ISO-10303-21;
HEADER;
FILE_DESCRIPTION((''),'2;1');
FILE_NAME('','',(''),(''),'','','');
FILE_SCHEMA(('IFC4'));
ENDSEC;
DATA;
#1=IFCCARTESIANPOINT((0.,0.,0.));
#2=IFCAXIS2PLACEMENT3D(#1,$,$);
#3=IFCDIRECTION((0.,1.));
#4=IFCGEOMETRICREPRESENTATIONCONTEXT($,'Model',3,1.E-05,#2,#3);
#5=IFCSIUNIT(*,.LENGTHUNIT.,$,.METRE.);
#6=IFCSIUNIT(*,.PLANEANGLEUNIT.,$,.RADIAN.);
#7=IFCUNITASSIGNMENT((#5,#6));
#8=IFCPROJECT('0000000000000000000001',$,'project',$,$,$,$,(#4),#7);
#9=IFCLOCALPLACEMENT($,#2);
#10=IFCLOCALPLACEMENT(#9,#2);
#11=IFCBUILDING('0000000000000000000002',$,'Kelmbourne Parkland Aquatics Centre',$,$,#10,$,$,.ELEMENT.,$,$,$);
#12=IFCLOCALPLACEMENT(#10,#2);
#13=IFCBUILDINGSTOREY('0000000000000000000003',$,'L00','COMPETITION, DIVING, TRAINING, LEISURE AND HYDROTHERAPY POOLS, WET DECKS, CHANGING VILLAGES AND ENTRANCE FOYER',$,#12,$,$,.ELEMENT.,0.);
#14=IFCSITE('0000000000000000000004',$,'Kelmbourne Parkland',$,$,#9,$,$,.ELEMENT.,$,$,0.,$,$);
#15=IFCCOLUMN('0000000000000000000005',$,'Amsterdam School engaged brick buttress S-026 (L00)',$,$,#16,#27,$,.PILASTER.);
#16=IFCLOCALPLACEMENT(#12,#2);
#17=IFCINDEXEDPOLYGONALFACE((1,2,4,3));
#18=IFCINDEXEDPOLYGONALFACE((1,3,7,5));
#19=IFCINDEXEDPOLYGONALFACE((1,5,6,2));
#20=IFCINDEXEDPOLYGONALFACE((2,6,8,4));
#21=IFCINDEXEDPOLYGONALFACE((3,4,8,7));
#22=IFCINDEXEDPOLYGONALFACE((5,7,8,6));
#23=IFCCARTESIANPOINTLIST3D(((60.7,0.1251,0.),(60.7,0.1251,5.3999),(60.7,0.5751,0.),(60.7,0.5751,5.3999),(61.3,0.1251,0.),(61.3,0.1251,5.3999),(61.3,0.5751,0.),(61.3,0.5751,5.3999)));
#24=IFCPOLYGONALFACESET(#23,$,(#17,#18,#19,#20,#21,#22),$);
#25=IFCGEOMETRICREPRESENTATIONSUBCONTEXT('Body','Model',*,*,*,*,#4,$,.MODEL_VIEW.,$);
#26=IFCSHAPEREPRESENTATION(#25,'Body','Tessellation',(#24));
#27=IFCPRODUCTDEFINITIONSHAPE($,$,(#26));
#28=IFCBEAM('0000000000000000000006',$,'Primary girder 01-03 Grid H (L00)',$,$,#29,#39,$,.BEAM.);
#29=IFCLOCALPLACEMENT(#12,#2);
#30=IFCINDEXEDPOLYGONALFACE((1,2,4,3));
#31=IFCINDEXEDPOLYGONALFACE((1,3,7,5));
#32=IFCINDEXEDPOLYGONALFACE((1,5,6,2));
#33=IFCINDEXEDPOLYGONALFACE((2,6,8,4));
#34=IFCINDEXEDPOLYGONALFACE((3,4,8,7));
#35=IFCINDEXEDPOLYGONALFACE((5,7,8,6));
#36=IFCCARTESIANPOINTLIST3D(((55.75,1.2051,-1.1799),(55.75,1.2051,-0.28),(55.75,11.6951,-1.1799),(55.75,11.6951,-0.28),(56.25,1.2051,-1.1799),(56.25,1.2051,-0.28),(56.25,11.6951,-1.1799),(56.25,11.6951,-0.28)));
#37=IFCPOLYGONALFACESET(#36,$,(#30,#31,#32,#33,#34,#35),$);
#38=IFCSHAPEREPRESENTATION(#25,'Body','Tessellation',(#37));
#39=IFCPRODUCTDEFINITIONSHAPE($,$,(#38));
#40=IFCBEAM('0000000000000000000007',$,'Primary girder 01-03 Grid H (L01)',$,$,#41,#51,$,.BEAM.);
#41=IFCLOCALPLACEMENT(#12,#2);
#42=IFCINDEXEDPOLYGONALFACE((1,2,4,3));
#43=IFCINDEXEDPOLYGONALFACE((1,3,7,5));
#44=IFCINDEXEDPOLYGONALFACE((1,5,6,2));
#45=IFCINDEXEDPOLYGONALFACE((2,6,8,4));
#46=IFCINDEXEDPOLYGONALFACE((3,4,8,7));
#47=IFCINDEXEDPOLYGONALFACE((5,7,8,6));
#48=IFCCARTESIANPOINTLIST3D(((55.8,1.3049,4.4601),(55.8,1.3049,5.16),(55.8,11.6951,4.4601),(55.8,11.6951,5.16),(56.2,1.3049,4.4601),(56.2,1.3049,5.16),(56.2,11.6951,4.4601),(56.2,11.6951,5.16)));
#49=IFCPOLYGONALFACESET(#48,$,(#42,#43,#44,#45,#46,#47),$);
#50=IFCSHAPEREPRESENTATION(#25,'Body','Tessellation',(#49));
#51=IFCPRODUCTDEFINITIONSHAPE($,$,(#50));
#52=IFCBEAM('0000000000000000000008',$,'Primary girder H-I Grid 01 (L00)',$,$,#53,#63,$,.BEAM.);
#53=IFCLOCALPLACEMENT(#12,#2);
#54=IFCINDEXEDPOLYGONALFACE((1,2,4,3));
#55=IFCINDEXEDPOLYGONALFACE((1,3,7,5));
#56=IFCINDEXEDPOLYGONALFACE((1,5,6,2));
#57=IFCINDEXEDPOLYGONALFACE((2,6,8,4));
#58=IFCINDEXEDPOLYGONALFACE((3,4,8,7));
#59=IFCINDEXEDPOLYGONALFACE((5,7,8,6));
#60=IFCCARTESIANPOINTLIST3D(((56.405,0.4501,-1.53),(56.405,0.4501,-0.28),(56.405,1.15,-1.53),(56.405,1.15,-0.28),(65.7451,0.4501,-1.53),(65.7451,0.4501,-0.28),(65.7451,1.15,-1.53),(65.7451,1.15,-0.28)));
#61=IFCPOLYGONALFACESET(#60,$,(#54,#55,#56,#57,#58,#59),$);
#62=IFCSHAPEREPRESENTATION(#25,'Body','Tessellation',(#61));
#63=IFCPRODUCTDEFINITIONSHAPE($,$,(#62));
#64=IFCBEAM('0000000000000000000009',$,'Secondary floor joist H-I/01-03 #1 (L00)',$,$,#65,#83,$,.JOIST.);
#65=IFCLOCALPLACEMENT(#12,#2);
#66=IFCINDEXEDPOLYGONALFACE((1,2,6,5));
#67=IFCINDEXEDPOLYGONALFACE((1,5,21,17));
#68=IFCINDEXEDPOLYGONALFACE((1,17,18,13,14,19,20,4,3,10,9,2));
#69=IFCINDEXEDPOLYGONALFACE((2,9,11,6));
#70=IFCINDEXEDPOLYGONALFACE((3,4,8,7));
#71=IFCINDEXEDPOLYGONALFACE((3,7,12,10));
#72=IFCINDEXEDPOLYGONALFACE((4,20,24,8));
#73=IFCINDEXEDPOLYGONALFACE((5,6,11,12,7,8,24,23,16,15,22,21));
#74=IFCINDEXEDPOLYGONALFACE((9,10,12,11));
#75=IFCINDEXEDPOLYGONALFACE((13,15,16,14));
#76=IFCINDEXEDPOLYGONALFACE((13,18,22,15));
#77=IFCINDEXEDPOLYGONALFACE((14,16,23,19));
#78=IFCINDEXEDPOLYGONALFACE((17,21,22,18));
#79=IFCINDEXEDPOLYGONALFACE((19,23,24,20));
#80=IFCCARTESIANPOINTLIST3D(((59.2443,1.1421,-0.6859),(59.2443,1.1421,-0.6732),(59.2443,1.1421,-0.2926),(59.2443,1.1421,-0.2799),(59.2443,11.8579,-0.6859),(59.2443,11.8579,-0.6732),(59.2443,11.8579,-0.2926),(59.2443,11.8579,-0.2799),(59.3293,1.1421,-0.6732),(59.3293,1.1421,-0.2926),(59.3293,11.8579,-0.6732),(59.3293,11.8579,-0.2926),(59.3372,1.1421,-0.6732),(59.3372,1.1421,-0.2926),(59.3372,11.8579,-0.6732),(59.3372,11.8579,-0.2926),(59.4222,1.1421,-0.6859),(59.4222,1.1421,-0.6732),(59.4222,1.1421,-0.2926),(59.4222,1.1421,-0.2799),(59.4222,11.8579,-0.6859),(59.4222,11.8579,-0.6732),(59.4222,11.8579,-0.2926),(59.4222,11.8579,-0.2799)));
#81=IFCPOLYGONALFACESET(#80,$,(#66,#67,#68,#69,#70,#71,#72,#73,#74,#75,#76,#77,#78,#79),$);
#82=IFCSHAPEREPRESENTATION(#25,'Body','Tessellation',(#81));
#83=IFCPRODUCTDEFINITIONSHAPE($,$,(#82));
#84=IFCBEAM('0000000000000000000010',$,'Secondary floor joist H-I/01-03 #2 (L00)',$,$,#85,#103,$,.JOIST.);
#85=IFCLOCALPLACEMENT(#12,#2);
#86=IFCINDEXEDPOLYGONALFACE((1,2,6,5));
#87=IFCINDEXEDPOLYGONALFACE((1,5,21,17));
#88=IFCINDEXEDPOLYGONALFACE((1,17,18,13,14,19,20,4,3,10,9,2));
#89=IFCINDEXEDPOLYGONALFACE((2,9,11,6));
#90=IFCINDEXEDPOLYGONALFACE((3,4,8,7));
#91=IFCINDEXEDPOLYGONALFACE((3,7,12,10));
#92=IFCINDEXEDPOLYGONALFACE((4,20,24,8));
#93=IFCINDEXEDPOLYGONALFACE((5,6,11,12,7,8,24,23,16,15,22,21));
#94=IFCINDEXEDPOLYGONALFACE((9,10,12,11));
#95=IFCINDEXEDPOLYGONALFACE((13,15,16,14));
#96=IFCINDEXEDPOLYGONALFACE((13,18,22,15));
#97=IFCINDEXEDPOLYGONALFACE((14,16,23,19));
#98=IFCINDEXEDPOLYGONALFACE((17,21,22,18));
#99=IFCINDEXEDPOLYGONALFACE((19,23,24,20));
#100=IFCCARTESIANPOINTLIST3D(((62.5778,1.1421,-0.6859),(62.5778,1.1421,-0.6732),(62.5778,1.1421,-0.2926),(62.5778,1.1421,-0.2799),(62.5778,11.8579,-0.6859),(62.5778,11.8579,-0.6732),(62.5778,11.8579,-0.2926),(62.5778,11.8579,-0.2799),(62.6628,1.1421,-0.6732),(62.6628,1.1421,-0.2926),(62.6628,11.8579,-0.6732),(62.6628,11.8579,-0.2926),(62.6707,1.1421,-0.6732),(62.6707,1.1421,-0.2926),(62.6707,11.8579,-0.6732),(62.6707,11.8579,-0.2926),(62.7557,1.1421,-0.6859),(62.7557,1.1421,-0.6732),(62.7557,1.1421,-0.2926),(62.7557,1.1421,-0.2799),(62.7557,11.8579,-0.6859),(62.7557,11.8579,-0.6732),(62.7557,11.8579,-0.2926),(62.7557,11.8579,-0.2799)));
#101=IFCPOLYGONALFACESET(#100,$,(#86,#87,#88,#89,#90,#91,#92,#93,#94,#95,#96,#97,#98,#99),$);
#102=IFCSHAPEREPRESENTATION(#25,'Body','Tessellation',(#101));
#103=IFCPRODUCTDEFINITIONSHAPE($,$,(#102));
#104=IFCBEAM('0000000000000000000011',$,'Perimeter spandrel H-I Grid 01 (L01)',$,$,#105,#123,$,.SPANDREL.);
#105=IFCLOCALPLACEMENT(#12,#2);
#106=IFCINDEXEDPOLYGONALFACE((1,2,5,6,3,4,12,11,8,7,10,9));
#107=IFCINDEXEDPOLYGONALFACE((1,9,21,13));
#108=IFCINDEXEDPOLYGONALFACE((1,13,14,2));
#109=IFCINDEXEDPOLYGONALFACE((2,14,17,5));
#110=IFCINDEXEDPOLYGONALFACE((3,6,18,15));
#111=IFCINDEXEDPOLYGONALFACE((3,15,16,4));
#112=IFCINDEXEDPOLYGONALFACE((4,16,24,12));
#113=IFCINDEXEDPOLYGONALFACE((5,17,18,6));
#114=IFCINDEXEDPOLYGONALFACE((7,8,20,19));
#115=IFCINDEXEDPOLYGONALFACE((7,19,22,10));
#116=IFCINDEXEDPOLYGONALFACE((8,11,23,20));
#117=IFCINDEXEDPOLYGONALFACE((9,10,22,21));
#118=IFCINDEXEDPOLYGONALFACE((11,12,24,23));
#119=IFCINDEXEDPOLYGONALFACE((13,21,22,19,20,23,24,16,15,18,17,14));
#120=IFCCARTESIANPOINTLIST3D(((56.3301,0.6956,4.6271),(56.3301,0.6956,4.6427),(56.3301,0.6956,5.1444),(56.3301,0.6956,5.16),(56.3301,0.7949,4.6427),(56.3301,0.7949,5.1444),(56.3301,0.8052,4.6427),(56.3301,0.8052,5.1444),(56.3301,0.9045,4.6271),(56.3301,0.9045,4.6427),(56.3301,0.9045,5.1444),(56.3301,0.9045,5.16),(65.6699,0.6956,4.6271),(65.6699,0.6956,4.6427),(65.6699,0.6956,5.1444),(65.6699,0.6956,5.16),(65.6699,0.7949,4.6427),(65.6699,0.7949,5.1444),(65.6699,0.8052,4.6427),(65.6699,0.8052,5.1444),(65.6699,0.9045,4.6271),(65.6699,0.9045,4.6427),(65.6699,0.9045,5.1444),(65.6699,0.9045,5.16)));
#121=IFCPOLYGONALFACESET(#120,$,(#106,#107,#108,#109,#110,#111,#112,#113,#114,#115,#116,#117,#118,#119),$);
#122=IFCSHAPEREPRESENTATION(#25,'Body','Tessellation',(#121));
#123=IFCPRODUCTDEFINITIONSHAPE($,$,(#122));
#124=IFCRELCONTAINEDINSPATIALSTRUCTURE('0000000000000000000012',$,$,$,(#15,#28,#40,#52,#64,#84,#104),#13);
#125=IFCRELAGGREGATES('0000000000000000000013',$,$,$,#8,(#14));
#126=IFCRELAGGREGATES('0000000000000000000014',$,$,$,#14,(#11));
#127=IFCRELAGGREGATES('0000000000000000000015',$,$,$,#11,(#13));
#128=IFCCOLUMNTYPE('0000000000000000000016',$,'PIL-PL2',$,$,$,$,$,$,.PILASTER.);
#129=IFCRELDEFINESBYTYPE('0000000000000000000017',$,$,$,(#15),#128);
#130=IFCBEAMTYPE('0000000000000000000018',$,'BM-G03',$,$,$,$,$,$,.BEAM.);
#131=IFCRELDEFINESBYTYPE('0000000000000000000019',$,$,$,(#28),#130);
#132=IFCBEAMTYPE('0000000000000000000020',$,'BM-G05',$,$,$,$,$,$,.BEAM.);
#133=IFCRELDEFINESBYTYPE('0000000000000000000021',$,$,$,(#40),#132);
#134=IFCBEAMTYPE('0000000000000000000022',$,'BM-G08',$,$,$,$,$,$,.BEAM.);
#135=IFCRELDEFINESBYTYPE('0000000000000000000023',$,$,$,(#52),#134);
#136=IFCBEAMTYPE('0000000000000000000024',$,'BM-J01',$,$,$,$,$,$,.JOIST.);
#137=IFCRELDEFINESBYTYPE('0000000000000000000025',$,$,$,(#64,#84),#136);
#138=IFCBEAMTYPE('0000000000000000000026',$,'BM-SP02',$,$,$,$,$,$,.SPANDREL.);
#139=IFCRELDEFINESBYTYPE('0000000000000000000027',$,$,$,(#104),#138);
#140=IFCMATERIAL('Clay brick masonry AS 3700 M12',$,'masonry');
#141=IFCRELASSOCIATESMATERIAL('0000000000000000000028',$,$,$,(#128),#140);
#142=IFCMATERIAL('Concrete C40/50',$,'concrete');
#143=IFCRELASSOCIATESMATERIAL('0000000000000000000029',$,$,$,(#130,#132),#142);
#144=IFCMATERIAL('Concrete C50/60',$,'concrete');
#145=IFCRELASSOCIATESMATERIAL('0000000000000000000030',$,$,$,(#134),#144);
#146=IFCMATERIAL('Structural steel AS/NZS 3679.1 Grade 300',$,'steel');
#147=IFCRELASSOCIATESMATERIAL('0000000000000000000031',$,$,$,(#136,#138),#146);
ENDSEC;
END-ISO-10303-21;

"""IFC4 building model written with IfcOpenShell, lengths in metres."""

from ifc_helpers import new_model, si_unit, direction, frame, origin, origin_2d, place, context, subcontext, project, spatial, rectangle, i_section, extrude, material, material_profile, profile_set, type_object, element, save


model = new_model("IFC4")

# Units and contexts
model_context = context("Model", 3, precision=1e-05, world=origin(), true_north=direction((0.0, 1.0)))
body_context = subcontext(model_context, "Body", "Model", "MODEL_VIEW")
ifc_project = project(units=[si_unit("LENGTHUNIT", "METRE"), si_unit("PLANEANGLEUNIT", "RADIAN")], contexts=[model_context])

# Site, building, storey
site_placement = place(None, origin())
site = spatial("IfcSite", under=ifc_project, at=site_placement, Name="Kelmbourne Parkland", CompositionType="ELEMENT", RefElevation=0.0)
building_placement = place(site_placement, origin())
building = spatial("IfcBuilding", under=site, at=building_placement, Name="Kelmbourne Parkland Aquatics Centre", CompositionType="ELEMENT")
storey_placement = place(building_placement, origin())
storey = spatial("IfcBuildingStorey", under=building, at=storey_placement, Name="L00", Description="COMPETITION, DIVING, TRAINING, LEISURE AND HYDROTHERAPY POOLS, WET DECKS, CHANGING VILLAGES AND ENTRANCE FOYER", CompositionType="ELEMENT", Elevation=0.0)

# Column
ifc_material_1 = material(Name="Clay brick masonry AS 3700 M12", Category="masonry")
ifc_material_profile_1 = material_profile(ifc_material_1, rectangle(XDim=0.45, YDim=0.6001, at=origin_2d()), Name="PIL 450x600")
ifc_profile_set_1 = profile_set([ifc_material_profile_1], Name="Clay brick masonry AS 3700 M12")
column_type = type_object("IfcColumnType", Name="PIL-PL2", PredefinedType="PILASTER", material=ifc_profile_set_1)
column_placement = place(storey_placement, frame((61.0, 0.3501, 0.0), z_axis=(0.0, 0.0, 1.0), x_axis=(0.0, 1.0, 0.0)))
element("IfcColumn", 1, at=column_placement, inside=storey, type_object=column_type, Name="Amsterdam School engaged brick buttress S-026 (L00)", PredefinedType="PILASTER", context=body_context, shape_type="SweptSolid", body=[
    extrude(rectangle(XDim=0.45, YDim=0.6001, at=origin_2d()), origin(), (0.0, 0.0, 1.0), 5.3999),
])

# Beams
ifc_material_2 = material(Name="Concrete C40/50", Category="concrete")
ifc_material_profile_2 = material_profile(ifc_material_2, rectangle(XDim=0.5, YDim=0.8999, at=origin_2d()), Name="RC 500x900")
ifc_profile_set_2 = profile_set([ifc_material_profile_2], Name="Concrete C40/50")
beam_type_1 = type_object("IfcBeamType", Name="BM-G03", PredefinedType="BEAM", material=ifc_profile_set_2)
beam_1_placement = place(storey_placement, frame((56.0, 1.2051, -0.73), z_axis=(0.0, 1.0, 0.0), x_axis=(-1.0, 0.0, 0.0)))
element("IfcBeam", 2, at=beam_1_placement, inside=storey, type_object=beam_type_1, Name="Primary girder 01-03 Grid H (L00)", PredefinedType="BEAM", context=body_context, shape_type="SweptSolid", body=[
    extrude(rectangle(XDim=0.5, YDim=0.8999, at=origin_2d()), origin(), (0.0, 0.0, 1.0), 10.49),
])
ifc_material_profile_3 = material_profile(ifc_material_2, rectangle(XDim=0.3999, YDim=0.7, at=origin_2d()), Name="RC 400x700")
ifc_profile_set_3 = profile_set([ifc_material_profile_3], Name="Concrete C40/50")
beam_type_2 = type_object("IfcBeamType", Name="BM-G05", PredefinedType="BEAM", material=ifc_profile_set_3)
beam_2_placement = place(storey_placement, frame((56.0, 1.3049, 4.8101), z_axis=(0.0, 1.0, 0.0), x_axis=(-1.0, 0.0, 0.0)))
element("IfcBeam", 3, at=beam_2_placement, inside=storey, type_object=beam_type_2, Name="Primary girder 01-03 Grid H (L01)", PredefinedType="BEAM", context=body_context, shape_type="SweptSolid", body=[
    extrude(rectangle(XDim=0.3999, YDim=0.7, at=origin_2d()), origin(), (0.0, 0.0, 1.0), 10.3901),
])
ifc_material_3 = material(Name="Concrete C50/60", Category="concrete")
ifc_material_profile_4 = material_profile(ifc_material_3, rectangle(XDim=0.7, YDim=1.25, at=origin_2d()), Name="RC 700x1250")
ifc_profile_set_4 = profile_set([ifc_material_profile_4], Name="Concrete C50/60")
beam_type_3 = type_object("IfcBeamType", Name="BM-G08", PredefinedType="BEAM", material=ifc_profile_set_4)
beam_3_placement = place(storey_placement, frame((56.405, 0.8, -0.905), z_axis=(1.0, 0.0, 0.0), x_axis=(0.0, 1.0, 0.0)))
element("IfcBeam", 4, at=beam_3_placement, inside=storey, type_object=beam_type_3, Name="Primary girder H-I Grid 01 (L00)", PredefinedType="BEAM", context=body_context, shape_type="SweptSolid", body=[
    extrude(rectangle(XDim=0.7, YDim=1.25, at=origin_2d()), origin(), (0.0, 0.0, 1.0), 9.3401),
])
ifc_material_4 = material(Name="Structural steel AS/NZS 3679.1 Grade 300", Category="steel")
ifc_material_profile_5 = material_profile(ifc_material_4, i_section(OverallWidth=0.178, OverallDepth=0.406, WebThickness=0.0078, FlangeThickness=0.0127, at=origin_2d()), Name="410UB59.7")
ifc_profile_set_5 = profile_set([ifc_material_profile_5], Name="Structural steel AS/NZS 3679.1 Grade 300")
beam_type_4 = type_object("IfcBeamType", Name="BM-J01", PredefinedType="JOIST", material=ifc_profile_set_5)
for number, where, z_axis, x_axis, name in (
    (5, (59.3333, 1.1421, -0.4829), (0.0, 1.0, 0.0), (-1.0, 0.0, 0.0), "Secondary floor joist H-I/01-03 #1 (L00)"),
    (6, (62.6667, 1.1421, -0.4829), (0.0, 1.0, 0.0), (-1.0, 0.0, 0.0), "Secondary floor joist H-I/01-03 #2 (L00)"),
):
    element("IfcBeam", number, at=place(storey_placement, frame(where, z_axis=z_axis, x_axis=x_axis)), inside=storey, type_object=beam_type_4, Name=name, PredefinedType="JOIST", context=body_context, shape_type="SweptSolid", body=[
        extrude(i_section(OverallWidth=0.178, OverallDepth=0.406, WebThickness=0.0078, FlangeThickness=0.0127, at=origin_2d()), origin(), (0.0, 0.0, 1.0), 10.7158),
    ])
ifc_material_profile_6 = material_profile(ifc_material_4, i_section(OverallWidth=0.209, OverallDepth=0.533, WebThickness=0.0103, FlangeThickness=0.0156, at=origin_2d()), Name="530UB92.4")
ifc_profile_set_6 = profile_set([ifc_material_profile_6], Name="Structural steel AS/NZS 3679.1 Grade 300")
beam_type_5 = type_object("IfcBeamType", Name="BM-SP02", PredefinedType="SPANDREL", material=ifc_profile_set_6)
beam_4_placement = place(storey_placement, frame((56.3301, 0.8, 4.8936), z_axis=(1.0, 0.0, 0.0), x_axis=(0.0, 1.0, 0.0)))
element("IfcBeam", 7, at=beam_4_placement, inside=storey, type_object=beam_type_5, Name="Perimeter spandrel H-I Grid 01 (L01)", PredefinedType="SPANDREL", context=body_context, shape_type="SweptSolid", body=[
    extrude(i_section(OverallWidth=0.209, OverallDepth=0.533, WebThickness=0.0103, FlangeThickness=0.0156, at=origin_2d()), origin(), (0.0, 0.0, 1.0), 9.3398),
])

save(model, "model.ifc")
